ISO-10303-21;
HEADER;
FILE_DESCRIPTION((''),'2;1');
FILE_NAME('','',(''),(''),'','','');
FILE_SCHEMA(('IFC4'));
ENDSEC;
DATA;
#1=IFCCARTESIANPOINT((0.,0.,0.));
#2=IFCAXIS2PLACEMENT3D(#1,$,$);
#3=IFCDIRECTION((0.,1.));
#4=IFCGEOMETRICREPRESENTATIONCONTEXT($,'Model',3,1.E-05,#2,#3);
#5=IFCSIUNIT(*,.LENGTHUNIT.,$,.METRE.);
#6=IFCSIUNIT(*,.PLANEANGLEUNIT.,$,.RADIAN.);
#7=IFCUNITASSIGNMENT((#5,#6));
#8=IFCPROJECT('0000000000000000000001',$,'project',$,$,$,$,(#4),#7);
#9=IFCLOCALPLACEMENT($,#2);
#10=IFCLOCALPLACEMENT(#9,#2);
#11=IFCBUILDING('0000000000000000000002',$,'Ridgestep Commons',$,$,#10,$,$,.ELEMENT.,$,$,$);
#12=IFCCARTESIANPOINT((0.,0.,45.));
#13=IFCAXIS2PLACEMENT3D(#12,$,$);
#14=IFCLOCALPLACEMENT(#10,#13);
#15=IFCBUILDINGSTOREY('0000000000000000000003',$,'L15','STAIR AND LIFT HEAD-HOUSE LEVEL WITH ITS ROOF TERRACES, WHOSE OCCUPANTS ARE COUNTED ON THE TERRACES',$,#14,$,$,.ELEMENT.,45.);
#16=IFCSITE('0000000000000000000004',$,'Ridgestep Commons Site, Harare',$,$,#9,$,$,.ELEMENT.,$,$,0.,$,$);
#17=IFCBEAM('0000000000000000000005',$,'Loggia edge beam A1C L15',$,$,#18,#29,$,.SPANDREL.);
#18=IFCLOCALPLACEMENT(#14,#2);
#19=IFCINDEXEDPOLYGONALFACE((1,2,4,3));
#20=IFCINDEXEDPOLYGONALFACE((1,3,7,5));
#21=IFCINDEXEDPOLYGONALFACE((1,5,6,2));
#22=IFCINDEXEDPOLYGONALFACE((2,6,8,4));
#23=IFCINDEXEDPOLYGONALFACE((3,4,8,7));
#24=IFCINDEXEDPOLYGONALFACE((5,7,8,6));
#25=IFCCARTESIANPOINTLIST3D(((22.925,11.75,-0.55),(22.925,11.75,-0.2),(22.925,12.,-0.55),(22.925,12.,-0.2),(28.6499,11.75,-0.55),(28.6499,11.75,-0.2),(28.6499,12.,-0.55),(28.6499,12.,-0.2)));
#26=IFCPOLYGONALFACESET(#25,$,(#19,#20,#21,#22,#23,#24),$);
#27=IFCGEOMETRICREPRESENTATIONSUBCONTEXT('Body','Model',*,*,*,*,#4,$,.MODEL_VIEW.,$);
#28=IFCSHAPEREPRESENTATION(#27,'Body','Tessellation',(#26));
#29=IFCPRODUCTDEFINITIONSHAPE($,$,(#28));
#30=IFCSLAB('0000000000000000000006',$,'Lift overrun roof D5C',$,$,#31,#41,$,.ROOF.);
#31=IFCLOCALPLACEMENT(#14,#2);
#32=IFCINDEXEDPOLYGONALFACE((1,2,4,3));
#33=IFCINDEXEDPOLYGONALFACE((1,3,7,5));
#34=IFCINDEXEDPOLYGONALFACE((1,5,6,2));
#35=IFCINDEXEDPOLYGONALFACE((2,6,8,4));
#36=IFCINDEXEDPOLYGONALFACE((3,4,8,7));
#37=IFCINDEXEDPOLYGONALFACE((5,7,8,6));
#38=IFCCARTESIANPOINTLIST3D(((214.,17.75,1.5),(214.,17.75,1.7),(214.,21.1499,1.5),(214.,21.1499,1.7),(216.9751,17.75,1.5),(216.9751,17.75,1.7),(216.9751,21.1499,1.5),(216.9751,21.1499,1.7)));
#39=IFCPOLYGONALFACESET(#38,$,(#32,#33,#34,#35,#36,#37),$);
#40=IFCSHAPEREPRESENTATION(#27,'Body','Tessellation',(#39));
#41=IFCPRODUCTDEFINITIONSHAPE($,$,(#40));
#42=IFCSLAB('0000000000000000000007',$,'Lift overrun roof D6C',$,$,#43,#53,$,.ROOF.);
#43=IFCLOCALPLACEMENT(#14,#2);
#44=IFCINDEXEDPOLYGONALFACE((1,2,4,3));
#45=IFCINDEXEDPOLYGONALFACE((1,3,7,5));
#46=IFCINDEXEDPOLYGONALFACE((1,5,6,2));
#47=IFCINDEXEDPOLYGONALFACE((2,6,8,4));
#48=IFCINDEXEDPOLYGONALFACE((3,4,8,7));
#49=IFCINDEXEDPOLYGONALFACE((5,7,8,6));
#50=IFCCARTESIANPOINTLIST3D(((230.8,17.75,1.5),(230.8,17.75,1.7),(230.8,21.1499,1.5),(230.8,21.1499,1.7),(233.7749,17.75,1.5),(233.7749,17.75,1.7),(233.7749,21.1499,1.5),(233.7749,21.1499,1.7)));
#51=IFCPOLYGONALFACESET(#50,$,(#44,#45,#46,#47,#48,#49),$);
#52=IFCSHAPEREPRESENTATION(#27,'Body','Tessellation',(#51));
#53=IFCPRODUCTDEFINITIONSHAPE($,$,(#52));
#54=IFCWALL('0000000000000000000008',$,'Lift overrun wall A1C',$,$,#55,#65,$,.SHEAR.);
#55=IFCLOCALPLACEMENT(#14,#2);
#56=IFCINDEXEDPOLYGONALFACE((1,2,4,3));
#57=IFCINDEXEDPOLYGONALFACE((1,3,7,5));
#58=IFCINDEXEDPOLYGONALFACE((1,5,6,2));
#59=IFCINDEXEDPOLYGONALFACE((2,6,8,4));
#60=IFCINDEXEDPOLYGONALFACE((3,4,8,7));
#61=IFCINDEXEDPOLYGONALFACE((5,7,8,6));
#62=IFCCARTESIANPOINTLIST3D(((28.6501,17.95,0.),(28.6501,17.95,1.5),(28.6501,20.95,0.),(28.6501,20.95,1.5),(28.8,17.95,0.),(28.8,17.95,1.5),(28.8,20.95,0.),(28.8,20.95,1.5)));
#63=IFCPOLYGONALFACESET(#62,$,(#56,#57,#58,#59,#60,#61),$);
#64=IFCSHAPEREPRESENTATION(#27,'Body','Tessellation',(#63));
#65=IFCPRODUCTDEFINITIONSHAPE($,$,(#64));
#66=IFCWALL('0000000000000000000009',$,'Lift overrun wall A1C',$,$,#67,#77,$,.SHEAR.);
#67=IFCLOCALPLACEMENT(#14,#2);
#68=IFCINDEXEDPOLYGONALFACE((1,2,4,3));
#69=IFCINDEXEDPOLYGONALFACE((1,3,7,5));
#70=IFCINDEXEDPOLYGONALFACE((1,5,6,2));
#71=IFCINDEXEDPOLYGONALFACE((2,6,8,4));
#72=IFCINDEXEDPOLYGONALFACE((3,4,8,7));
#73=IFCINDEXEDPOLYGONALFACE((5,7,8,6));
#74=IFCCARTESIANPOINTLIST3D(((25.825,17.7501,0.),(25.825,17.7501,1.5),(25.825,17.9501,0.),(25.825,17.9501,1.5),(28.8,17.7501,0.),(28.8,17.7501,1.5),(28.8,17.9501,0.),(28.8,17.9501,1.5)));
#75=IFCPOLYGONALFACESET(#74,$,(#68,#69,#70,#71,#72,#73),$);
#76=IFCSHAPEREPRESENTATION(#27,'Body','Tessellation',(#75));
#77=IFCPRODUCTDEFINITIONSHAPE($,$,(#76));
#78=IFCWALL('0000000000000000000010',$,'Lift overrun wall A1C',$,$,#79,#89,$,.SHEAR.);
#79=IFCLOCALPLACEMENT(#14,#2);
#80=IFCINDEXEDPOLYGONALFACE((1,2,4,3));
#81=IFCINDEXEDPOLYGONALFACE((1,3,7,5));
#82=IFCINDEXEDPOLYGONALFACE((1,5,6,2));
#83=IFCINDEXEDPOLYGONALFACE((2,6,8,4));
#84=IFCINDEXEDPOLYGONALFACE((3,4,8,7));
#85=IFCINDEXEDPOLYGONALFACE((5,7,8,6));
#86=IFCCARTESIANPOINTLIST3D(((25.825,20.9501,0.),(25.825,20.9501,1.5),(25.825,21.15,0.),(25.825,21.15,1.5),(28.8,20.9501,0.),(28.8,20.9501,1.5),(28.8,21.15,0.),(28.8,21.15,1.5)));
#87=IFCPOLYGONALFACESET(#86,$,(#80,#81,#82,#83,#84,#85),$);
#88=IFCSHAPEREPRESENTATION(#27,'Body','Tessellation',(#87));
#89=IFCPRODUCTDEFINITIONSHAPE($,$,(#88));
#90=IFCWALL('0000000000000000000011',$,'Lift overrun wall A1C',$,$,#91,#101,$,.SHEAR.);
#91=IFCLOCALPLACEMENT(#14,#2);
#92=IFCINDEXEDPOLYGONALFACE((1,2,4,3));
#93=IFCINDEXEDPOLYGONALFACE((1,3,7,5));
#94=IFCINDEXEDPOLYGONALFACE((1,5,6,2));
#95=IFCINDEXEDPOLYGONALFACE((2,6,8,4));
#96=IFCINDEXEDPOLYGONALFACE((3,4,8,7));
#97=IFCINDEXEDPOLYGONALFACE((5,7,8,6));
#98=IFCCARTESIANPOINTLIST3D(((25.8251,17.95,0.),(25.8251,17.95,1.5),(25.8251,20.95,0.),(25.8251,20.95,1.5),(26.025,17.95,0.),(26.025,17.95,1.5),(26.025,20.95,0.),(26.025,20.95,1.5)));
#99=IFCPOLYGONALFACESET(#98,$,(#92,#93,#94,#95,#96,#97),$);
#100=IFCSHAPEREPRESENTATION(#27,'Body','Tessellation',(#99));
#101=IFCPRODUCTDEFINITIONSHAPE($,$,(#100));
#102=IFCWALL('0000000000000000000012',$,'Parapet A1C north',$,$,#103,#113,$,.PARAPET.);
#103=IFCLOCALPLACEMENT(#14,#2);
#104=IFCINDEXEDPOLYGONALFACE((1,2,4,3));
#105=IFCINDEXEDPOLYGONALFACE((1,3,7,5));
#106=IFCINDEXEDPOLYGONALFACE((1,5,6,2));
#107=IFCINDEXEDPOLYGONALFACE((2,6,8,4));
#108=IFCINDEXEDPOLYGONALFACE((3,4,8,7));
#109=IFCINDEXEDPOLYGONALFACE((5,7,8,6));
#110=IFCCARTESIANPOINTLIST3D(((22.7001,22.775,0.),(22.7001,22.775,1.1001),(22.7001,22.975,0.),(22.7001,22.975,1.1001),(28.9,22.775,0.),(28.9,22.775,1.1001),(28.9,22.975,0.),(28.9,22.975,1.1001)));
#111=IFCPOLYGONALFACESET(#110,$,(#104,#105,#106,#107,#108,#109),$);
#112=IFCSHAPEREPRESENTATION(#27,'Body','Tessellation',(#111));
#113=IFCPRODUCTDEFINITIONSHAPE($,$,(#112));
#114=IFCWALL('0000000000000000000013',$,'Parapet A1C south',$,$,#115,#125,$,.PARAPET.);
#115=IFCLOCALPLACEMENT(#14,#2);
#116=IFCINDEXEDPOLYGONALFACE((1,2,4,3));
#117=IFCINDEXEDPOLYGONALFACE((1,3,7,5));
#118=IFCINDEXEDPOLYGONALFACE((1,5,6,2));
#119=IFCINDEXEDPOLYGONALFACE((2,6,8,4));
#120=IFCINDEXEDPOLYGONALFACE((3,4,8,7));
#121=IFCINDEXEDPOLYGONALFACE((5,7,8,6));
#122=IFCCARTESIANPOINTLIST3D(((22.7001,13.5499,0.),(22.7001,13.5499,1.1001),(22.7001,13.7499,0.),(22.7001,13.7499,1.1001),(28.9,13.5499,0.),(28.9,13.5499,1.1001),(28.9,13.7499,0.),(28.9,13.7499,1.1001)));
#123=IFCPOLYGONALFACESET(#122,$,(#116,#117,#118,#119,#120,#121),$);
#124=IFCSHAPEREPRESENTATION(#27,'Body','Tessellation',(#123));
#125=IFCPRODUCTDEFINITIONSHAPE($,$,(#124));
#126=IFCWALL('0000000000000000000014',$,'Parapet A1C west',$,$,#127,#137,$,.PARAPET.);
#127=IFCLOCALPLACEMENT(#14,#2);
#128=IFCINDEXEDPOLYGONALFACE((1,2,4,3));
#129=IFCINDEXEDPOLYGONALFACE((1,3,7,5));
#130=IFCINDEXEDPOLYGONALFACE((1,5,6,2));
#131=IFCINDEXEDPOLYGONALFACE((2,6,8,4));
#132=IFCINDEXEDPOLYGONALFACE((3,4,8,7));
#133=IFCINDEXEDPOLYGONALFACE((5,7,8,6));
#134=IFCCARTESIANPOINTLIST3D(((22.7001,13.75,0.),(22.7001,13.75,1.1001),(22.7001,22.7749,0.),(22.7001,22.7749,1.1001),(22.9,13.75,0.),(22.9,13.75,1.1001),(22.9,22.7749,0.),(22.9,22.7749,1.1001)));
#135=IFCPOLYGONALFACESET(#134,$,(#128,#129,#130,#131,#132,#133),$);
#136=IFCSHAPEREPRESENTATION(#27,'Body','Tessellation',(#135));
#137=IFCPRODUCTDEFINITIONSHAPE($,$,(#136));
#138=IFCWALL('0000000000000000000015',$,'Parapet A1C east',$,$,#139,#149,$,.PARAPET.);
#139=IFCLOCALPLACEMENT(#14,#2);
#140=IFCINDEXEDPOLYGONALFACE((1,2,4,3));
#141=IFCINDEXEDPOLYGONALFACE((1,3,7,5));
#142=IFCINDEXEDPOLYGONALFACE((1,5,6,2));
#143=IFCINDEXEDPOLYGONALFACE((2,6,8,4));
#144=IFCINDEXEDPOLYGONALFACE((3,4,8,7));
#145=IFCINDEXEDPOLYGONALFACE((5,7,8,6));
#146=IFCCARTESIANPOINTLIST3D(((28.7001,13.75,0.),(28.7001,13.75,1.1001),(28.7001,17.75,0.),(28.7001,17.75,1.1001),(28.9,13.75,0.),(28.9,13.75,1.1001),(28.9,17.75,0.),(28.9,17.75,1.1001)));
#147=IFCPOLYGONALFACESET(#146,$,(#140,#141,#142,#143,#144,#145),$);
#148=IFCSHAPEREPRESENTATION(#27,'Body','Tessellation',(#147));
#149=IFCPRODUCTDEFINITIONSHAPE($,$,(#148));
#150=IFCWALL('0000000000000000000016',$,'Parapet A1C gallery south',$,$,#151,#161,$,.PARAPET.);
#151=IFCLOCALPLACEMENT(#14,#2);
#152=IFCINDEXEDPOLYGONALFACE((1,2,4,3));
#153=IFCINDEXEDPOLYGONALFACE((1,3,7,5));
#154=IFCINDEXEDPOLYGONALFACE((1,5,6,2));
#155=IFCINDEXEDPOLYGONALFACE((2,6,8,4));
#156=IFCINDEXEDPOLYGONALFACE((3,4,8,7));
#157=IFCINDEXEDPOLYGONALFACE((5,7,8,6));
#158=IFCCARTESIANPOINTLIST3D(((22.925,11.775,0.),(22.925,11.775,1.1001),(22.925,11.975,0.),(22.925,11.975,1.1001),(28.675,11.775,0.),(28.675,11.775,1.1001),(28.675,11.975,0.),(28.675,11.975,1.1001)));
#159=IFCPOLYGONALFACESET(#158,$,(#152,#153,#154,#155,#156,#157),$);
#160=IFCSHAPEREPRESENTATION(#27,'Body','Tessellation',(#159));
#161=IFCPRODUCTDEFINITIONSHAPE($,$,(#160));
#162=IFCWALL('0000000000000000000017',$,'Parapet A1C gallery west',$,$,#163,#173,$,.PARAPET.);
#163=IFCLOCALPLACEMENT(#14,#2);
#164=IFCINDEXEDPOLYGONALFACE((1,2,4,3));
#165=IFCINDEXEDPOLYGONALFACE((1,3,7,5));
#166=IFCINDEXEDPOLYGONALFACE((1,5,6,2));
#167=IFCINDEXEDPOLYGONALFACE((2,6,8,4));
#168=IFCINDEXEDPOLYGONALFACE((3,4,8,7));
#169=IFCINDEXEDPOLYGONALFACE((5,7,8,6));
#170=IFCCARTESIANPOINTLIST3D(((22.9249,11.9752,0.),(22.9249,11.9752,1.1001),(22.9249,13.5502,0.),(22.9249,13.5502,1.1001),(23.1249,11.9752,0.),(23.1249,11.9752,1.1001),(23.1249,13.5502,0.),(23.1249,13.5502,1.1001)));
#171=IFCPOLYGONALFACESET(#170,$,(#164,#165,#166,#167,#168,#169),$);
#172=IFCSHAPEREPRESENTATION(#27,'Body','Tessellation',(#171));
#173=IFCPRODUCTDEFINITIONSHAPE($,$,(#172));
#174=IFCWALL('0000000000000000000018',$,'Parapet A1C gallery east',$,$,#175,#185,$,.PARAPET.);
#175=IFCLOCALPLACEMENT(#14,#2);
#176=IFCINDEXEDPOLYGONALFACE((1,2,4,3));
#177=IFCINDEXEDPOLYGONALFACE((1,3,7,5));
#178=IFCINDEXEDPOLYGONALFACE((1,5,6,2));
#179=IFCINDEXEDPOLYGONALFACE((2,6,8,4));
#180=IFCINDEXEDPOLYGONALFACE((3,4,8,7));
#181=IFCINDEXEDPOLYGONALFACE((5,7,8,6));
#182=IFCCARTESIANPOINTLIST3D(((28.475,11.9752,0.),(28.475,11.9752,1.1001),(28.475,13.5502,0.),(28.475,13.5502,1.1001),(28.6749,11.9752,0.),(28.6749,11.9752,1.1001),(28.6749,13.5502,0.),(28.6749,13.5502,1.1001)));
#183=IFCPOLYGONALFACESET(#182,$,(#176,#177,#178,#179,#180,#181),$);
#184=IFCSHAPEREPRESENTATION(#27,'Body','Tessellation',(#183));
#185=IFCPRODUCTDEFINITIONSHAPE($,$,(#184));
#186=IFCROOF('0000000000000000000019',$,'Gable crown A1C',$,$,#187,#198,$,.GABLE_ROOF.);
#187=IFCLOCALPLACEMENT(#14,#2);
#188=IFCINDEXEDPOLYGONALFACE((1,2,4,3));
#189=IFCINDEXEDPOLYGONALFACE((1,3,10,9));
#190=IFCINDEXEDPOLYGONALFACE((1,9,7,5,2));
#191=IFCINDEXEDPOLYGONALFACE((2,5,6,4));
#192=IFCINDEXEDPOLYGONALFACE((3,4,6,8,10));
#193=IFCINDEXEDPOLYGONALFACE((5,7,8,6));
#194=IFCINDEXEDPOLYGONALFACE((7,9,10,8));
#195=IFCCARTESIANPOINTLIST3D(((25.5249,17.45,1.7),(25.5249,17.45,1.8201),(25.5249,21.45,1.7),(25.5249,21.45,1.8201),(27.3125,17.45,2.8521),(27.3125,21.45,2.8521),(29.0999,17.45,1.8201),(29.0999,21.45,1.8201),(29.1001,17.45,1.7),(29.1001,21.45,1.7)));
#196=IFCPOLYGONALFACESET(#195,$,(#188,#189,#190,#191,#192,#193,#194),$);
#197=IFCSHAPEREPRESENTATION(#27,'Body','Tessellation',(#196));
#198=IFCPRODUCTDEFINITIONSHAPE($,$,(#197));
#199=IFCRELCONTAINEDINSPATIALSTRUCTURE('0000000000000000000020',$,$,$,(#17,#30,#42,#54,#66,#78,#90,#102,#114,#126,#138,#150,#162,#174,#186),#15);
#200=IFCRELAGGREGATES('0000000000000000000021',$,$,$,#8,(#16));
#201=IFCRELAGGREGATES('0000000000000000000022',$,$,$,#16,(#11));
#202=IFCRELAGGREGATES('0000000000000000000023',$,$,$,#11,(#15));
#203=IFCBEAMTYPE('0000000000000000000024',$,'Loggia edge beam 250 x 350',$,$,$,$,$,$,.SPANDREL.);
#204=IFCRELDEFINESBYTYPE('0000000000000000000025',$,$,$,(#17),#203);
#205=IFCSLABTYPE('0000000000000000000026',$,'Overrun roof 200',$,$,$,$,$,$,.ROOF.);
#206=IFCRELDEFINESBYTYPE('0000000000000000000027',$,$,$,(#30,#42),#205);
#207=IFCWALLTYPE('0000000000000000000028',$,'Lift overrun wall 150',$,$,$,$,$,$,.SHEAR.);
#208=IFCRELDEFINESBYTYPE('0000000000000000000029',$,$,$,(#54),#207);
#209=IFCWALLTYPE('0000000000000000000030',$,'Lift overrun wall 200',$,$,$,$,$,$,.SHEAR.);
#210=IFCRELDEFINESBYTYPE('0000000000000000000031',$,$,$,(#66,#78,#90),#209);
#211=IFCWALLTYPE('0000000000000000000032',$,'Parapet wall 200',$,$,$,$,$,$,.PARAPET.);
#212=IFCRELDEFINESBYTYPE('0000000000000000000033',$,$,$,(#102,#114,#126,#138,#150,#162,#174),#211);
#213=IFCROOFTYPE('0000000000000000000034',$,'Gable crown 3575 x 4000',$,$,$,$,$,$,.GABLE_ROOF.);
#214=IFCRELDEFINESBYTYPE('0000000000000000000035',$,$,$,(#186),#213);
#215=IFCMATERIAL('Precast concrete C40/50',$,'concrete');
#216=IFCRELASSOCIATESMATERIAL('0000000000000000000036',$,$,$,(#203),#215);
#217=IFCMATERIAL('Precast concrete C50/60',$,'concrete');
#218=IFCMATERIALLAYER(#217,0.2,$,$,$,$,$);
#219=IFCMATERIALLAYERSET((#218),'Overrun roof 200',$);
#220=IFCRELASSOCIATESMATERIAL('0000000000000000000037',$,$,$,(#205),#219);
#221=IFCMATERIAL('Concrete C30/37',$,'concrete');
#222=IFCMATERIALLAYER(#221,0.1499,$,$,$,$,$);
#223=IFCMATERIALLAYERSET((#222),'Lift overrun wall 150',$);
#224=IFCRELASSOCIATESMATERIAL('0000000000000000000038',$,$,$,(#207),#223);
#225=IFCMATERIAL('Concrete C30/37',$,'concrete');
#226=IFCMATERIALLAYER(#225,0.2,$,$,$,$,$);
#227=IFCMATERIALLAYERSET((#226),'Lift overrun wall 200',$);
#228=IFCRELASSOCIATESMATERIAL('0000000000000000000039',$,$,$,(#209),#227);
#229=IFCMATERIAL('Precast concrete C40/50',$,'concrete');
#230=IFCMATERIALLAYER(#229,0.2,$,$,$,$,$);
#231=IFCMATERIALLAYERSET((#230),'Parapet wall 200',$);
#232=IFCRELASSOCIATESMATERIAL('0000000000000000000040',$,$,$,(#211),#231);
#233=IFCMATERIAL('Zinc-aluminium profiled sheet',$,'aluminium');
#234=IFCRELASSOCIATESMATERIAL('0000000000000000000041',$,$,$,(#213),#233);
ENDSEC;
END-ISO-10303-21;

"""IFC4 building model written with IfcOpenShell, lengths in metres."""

from ifc_helpers import new_model, si_unit, direction, frame, frame_2d, origin, origin_2d, place, context, subcontext, project, spatial, polyline, rectangle, outline, extrude, material, layer, layer_set, material_profile, profile_set, type_object, element, save


model = new_model("IFC4")

# Units and contexts
model_context = context("Model", 3, precision=1e-05, world=origin(), true_north=direction((0.0, 1.0)))
body_context = subcontext(model_context, "Body", "Model", "MODEL_VIEW")
ifc_project = project(units=[si_unit("LENGTHUNIT", "METRE"), si_unit("PLANEANGLEUNIT", "RADIAN")], contexts=[model_context])

# Site, building, storey
site_placement = place(None, origin())
site = spatial("IfcSite", under=ifc_project, at=site_placement, Name="Ridgestep Commons Site, Harare", CompositionType="ELEMENT", RefElevation=0.0)
building_placement = place(site_placement, origin())
building = spatial("IfcBuilding", under=site, at=building_placement, Name="Ridgestep Commons", CompositionType="ELEMENT")
storey_placement = place(building_placement, frame((0.0, 0.0, 45.0)))
storey = spatial("IfcBuildingStorey", under=building, at=storey_placement, Name="L15", Description="STAIR AND LIFT HEAD-HOUSE LEVEL WITH ITS ROOF TERRACES, WHOSE OCCUPANTS ARE COUNTED ON THE TERRACES", CompositionType="ELEMENT", Elevation=45.0)

# Beam
ifc_material_1 = material(Name="Precast concrete C40/50", Category="concrete")
ifc_material_profile = material_profile(ifc_material_1, rectangle(XDim=0.25, YDim=0.3501, at=origin_2d()), Name="PC 250x350")
ifc_profile_set = profile_set([ifc_material_profile], Name="Precast concrete C40/50")
beam_type = type_object("IfcBeamType", Name="Loggia edge beam 250 x 350", PredefinedType="SPANDREL", material=ifc_profile_set)
beam_placement = place(storey_placement, frame((22.925, 11.875, -0.375), z_axis=(1.0, 0.0, 0.0), x_axis=(0.0, 1.0, 0.0)))
element("IfcBeam", 1, at=beam_placement, inside=storey, type_object=beam_type, Name="Loggia edge beam A1C L15", PredefinedType="SPANDREL", context=body_context, shape_type="SweptSolid", body=[
    extrude(rectangle(XDim=0.25, YDim=0.3501, at=origin_2d()), origin(), (0.0, 0.0, 1.0), 5.7249),
])

# Slabs
ifc_material_2 = material(Name="Precast concrete C50/60", Category="concrete")
ifc_layer_1 = layer(ifc_material_2, 0.2)
ifc_layer_set_1 = layer_set([ifc_layer_1], Name="Overrun roof 200")
slab_type = type_object("IfcSlabType", Name="Overrun roof 200", PredefinedType="ROOF", material=ifc_layer_set_1)
slab_1_placement = place(storey_placement, frame((0.0, 0.0, 1.5)))
element("IfcSlab", 2, at=slab_1_placement, inside=storey, type_object=slab_type, Name="Lift overrun roof D5C", PredefinedType="ROOF", context=body_context, shape_type="SweptSolid", body=[
    extrude(outline(polyline([(216.9751, 17.75), (216.9751, 21.1499), (214.0, 21.1499), (214.0, 17.75), (216.9751, 17.75)])), origin(), (0.0, 0.0, 1.0), 0.2),
])
slab_2_placement = place(storey_placement, frame((0.0, 0.0, 1.5)))
element("IfcSlab", 3, at=slab_2_placement, inside=storey, type_object=slab_type, Name="Lift overrun roof D6C", PredefinedType="ROOF", context=body_context, shape_type="SweptSolid", body=[
    extrude(outline(polyline([(233.7749, 17.75), (233.7749, 21.1499), (230.8, 21.1499), (230.8, 17.75), (233.7749, 17.75)])), origin(), (0.0, 0.0, 1.0), 0.2),
])

# Walls
ifc_material_3 = material(Name="Concrete C30/37", Category="concrete")
ifc_layer_2 = layer(ifc_material_3, 0.1499)
ifc_layer_set_2 = layer_set([ifc_layer_2], Name="Lift overrun wall 150")
wall_type_1 = type_object("IfcWallType", Name="Lift overrun wall 150", PredefinedType="SHEAR", material=ifc_layer_set_2)
wall_1_placement = place(storey_placement, frame((28.7251, 17.95, 0.0), z_axis=(0.0, 0.0, 1.0), x_axis=(0.0, 1.0, 0.0)))
element("IfcWall", 4, at=wall_1_placement, inside=storey, type_object=wall_type_1, Name="Lift overrun wall A1C", PredefinedType="SHEAR", context=body_context, shape_type="SweptSolid", body=[
    extrude(rectangle(XDim=3.0, YDim=0.1499, at=frame_2d((1.5, 0.0))), origin(), (0.0, 0.0, 1.0), 1.5),
])
ifc_material_4 = material(Name="Concrete C30/37", Category="concrete")
ifc_layer_3 = layer(ifc_material_4, 0.2)
ifc_layer_set_3 = layer_set([ifc_layer_3], Name="Lift overrun wall 200")
wall_type_2 = type_object("IfcWallType", Name="Lift overrun wall 200", PredefinedType="SHEAR", material=ifc_layer_set_3)
for number, where, z_axis, x_axis, name in (
    (5, (25.825, 17.8501, 0.0), (0.0, 0.0, 1.0), (1.0, 0.0, 0.0), "Lift overrun wall A1C"),
    (6, (25.825, 21.05, 0.0), (0.0, 0.0, 1.0), (1.0, 0.0, 0.0), "Lift overrun wall A1C"),
):
    element("IfcWall", number, at=place(storey_placement, frame(where, z_axis=z_axis, x_axis=x_axis)), inside=storey, type_object=wall_type_2, Name=name, PredefinedType="SHEAR", context=body_context, shape_type="SweptSolid", body=[
        extrude(rectangle(XDim=2.9751, YDim=0.2, at=frame_2d((1.4875, 0.0))), origin(), (0.0, 0.0, 1.0), 1.5),
    ])
wall_2_placement = place(storey_placement, frame((25.925, 17.95, 0.0), z_axis=(0.0, 0.0, 1.0), x_axis=(0.0, 1.0, 0.0)))
element("IfcWall", 7, at=wall_2_placement, inside=storey, type_object=wall_type_2, Name="Lift overrun wall A1C", PredefinedType="SHEAR", context=body_context, shape_type="SweptSolid", body=[
    extrude(rectangle(XDim=3.0, YDim=0.2, at=frame_2d((1.5, 0.0))), origin(), (0.0, 0.0, 1.0), 1.5),
])
ifc_material_5 = material(Name="Precast concrete C40/50", Category="concrete")
ifc_layer_4 = layer(ifc_material_5, 0.2)
ifc_layer_set_4 = layer_set([ifc_layer_4], Name="Parapet wall 200")
wall_type_3 = type_object("IfcWallType", Name="Parapet wall 200", PredefinedType="PARAPET", material=ifc_layer_set_4)
for number, where, z_axis, x_axis, name in (
    (8, (22.7, 22.875, 0.0), (0.0, 0.0, 1.0), (1.0, 0.0, 0.0), "Parapet A1C north"),
    (9, (22.7, 13.6499, 0.0), (0.0, 0.0, 1.0), (1.0, 0.0, 0.0), "Parapet A1C south"),
):
    element("IfcWall", number, at=place(storey_placement, frame(where, z_axis=z_axis, x_axis=x_axis)), inside=storey, type_object=wall_type_3, Name=name, PredefinedType="PARAPET", context=body_context, shape_type="SweptSolid", body=[
        extrude(rectangle(XDim=6.2, YDim=0.2, at=frame_2d((3.1001, 0.0))), origin(), (0.0, 0.0, 1.0), 1.1001),
    ])
wall_3_placement = place(storey_placement, frame((22.8, 13.75, 0.0), z_axis=(0.0, 0.0, 1.0), x_axis=(0.0, 1.0, 0.0)))
element("IfcWall", 10, at=wall_3_placement, inside=storey, type_object=wall_type_3, Name="Parapet A1C west", PredefinedType="PARAPET", context=body_context, shape_type="SweptSolid", body=[
    extrude(rectangle(XDim=9.0249, YDim=0.2, at=frame_2d((4.5125, 0.0))), origin(), (0.0, 0.0, 1.0), 1.1001),
])
wall_4_placement = place(storey_placement, frame((28.8, 13.75, 0.0), z_axis=(0.0, 0.0, 1.0), x_axis=(0.0, 1.0, 0.0)))
element("IfcWall", 11, at=wall_4_placement, inside=storey, type_object=wall_type_3, Name="Parapet A1C east", PredefinedType="PARAPET", context=body_context, shape_type="SweptSolid", body=[
    extrude(rectangle(XDim=4.0, YDim=0.2, at=frame_2d((2.0, 0.0))), origin(), (0.0, 0.0, 1.0), 1.1001),
])
wall_5_placement = place(storey_placement, frame((22.925, 11.875, 0.0), z_axis=(0.0, 0.0, 1.0), x_axis=(1.0, 0.0, 0.0)))
element("IfcWall", 12, at=wall_5_placement, inside=storey, type_object=wall_type_3, Name="Parapet A1C gallery south", PredefinedType="PARAPET", context=body_context, shape_type="SweptSolid", body=[
    extrude(rectangle(XDim=5.75, YDim=0.2, at=frame_2d((2.875, 0.0))), origin(), (0.0, 0.0, 1.0), 1.1001),
])
for number, where, z_axis, x_axis, name in (
    (13, (23.0249, 11.9751, 0.0), (0.0, 0.0, 1.0), (0.0, 1.0, 0.0), "Parapet A1C gallery west"),
    (14, (28.575, 11.9751, 0.0), (0.0, 0.0, 1.0), (0.0, 1.0, 0.0), "Parapet A1C gallery east"),
):
    element("IfcWall", number, at=place(storey_placement, frame(where, z_axis=z_axis, x_axis=x_axis)), inside=storey, type_object=wall_type_3, Name=name, PredefinedType="PARAPET", context=body_context, shape_type="SweptSolid", body=[
        extrude(rectangle(XDim=1.575, YDim=0.2, at=frame_2d((0.7876, 0.0))), origin(), (0.0, 0.0, 1.0), 1.1001),
    ])

# Roof
ifc_material_6 = material(Name="Zinc-aluminium profiled sheet", Category="aluminium")
roof_type = type_object("IfcRoofType", Name="Gable crown 3575 x 4000", PredefinedType="GABLE_ROOF", material=ifc_material_6)
roof_placement = place(storey_placement, frame((25.5249, 19.45, 1.7), z_axis=(0.0, 0.0, 1.0), x_axis=(1.0, 0.0, 0.0)))
element("IfcRoof", 15, at=roof_placement, inside=storey, type_object=roof_type, Name="Gable crown A1C", PredefinedType="GABLE_ROOF", context=body_context, shape_type="SweptSolid", body=[
    extrude(outline(polyline([(0.0, 0.0), (3.5752, 0.0), (3.575, 0.1201), (1.7876, 1.1521), (0.0, 0.1201), (0.0, 0.0)])), frame((0.0, 2.0, 0.0), z_axis=(0.0, -1.0, 0.0), x_axis=(1.0, 0.0, 0.0)), (0.0, 0.0, 1.0), 4.0),
])

save(model, "model.ifc")
